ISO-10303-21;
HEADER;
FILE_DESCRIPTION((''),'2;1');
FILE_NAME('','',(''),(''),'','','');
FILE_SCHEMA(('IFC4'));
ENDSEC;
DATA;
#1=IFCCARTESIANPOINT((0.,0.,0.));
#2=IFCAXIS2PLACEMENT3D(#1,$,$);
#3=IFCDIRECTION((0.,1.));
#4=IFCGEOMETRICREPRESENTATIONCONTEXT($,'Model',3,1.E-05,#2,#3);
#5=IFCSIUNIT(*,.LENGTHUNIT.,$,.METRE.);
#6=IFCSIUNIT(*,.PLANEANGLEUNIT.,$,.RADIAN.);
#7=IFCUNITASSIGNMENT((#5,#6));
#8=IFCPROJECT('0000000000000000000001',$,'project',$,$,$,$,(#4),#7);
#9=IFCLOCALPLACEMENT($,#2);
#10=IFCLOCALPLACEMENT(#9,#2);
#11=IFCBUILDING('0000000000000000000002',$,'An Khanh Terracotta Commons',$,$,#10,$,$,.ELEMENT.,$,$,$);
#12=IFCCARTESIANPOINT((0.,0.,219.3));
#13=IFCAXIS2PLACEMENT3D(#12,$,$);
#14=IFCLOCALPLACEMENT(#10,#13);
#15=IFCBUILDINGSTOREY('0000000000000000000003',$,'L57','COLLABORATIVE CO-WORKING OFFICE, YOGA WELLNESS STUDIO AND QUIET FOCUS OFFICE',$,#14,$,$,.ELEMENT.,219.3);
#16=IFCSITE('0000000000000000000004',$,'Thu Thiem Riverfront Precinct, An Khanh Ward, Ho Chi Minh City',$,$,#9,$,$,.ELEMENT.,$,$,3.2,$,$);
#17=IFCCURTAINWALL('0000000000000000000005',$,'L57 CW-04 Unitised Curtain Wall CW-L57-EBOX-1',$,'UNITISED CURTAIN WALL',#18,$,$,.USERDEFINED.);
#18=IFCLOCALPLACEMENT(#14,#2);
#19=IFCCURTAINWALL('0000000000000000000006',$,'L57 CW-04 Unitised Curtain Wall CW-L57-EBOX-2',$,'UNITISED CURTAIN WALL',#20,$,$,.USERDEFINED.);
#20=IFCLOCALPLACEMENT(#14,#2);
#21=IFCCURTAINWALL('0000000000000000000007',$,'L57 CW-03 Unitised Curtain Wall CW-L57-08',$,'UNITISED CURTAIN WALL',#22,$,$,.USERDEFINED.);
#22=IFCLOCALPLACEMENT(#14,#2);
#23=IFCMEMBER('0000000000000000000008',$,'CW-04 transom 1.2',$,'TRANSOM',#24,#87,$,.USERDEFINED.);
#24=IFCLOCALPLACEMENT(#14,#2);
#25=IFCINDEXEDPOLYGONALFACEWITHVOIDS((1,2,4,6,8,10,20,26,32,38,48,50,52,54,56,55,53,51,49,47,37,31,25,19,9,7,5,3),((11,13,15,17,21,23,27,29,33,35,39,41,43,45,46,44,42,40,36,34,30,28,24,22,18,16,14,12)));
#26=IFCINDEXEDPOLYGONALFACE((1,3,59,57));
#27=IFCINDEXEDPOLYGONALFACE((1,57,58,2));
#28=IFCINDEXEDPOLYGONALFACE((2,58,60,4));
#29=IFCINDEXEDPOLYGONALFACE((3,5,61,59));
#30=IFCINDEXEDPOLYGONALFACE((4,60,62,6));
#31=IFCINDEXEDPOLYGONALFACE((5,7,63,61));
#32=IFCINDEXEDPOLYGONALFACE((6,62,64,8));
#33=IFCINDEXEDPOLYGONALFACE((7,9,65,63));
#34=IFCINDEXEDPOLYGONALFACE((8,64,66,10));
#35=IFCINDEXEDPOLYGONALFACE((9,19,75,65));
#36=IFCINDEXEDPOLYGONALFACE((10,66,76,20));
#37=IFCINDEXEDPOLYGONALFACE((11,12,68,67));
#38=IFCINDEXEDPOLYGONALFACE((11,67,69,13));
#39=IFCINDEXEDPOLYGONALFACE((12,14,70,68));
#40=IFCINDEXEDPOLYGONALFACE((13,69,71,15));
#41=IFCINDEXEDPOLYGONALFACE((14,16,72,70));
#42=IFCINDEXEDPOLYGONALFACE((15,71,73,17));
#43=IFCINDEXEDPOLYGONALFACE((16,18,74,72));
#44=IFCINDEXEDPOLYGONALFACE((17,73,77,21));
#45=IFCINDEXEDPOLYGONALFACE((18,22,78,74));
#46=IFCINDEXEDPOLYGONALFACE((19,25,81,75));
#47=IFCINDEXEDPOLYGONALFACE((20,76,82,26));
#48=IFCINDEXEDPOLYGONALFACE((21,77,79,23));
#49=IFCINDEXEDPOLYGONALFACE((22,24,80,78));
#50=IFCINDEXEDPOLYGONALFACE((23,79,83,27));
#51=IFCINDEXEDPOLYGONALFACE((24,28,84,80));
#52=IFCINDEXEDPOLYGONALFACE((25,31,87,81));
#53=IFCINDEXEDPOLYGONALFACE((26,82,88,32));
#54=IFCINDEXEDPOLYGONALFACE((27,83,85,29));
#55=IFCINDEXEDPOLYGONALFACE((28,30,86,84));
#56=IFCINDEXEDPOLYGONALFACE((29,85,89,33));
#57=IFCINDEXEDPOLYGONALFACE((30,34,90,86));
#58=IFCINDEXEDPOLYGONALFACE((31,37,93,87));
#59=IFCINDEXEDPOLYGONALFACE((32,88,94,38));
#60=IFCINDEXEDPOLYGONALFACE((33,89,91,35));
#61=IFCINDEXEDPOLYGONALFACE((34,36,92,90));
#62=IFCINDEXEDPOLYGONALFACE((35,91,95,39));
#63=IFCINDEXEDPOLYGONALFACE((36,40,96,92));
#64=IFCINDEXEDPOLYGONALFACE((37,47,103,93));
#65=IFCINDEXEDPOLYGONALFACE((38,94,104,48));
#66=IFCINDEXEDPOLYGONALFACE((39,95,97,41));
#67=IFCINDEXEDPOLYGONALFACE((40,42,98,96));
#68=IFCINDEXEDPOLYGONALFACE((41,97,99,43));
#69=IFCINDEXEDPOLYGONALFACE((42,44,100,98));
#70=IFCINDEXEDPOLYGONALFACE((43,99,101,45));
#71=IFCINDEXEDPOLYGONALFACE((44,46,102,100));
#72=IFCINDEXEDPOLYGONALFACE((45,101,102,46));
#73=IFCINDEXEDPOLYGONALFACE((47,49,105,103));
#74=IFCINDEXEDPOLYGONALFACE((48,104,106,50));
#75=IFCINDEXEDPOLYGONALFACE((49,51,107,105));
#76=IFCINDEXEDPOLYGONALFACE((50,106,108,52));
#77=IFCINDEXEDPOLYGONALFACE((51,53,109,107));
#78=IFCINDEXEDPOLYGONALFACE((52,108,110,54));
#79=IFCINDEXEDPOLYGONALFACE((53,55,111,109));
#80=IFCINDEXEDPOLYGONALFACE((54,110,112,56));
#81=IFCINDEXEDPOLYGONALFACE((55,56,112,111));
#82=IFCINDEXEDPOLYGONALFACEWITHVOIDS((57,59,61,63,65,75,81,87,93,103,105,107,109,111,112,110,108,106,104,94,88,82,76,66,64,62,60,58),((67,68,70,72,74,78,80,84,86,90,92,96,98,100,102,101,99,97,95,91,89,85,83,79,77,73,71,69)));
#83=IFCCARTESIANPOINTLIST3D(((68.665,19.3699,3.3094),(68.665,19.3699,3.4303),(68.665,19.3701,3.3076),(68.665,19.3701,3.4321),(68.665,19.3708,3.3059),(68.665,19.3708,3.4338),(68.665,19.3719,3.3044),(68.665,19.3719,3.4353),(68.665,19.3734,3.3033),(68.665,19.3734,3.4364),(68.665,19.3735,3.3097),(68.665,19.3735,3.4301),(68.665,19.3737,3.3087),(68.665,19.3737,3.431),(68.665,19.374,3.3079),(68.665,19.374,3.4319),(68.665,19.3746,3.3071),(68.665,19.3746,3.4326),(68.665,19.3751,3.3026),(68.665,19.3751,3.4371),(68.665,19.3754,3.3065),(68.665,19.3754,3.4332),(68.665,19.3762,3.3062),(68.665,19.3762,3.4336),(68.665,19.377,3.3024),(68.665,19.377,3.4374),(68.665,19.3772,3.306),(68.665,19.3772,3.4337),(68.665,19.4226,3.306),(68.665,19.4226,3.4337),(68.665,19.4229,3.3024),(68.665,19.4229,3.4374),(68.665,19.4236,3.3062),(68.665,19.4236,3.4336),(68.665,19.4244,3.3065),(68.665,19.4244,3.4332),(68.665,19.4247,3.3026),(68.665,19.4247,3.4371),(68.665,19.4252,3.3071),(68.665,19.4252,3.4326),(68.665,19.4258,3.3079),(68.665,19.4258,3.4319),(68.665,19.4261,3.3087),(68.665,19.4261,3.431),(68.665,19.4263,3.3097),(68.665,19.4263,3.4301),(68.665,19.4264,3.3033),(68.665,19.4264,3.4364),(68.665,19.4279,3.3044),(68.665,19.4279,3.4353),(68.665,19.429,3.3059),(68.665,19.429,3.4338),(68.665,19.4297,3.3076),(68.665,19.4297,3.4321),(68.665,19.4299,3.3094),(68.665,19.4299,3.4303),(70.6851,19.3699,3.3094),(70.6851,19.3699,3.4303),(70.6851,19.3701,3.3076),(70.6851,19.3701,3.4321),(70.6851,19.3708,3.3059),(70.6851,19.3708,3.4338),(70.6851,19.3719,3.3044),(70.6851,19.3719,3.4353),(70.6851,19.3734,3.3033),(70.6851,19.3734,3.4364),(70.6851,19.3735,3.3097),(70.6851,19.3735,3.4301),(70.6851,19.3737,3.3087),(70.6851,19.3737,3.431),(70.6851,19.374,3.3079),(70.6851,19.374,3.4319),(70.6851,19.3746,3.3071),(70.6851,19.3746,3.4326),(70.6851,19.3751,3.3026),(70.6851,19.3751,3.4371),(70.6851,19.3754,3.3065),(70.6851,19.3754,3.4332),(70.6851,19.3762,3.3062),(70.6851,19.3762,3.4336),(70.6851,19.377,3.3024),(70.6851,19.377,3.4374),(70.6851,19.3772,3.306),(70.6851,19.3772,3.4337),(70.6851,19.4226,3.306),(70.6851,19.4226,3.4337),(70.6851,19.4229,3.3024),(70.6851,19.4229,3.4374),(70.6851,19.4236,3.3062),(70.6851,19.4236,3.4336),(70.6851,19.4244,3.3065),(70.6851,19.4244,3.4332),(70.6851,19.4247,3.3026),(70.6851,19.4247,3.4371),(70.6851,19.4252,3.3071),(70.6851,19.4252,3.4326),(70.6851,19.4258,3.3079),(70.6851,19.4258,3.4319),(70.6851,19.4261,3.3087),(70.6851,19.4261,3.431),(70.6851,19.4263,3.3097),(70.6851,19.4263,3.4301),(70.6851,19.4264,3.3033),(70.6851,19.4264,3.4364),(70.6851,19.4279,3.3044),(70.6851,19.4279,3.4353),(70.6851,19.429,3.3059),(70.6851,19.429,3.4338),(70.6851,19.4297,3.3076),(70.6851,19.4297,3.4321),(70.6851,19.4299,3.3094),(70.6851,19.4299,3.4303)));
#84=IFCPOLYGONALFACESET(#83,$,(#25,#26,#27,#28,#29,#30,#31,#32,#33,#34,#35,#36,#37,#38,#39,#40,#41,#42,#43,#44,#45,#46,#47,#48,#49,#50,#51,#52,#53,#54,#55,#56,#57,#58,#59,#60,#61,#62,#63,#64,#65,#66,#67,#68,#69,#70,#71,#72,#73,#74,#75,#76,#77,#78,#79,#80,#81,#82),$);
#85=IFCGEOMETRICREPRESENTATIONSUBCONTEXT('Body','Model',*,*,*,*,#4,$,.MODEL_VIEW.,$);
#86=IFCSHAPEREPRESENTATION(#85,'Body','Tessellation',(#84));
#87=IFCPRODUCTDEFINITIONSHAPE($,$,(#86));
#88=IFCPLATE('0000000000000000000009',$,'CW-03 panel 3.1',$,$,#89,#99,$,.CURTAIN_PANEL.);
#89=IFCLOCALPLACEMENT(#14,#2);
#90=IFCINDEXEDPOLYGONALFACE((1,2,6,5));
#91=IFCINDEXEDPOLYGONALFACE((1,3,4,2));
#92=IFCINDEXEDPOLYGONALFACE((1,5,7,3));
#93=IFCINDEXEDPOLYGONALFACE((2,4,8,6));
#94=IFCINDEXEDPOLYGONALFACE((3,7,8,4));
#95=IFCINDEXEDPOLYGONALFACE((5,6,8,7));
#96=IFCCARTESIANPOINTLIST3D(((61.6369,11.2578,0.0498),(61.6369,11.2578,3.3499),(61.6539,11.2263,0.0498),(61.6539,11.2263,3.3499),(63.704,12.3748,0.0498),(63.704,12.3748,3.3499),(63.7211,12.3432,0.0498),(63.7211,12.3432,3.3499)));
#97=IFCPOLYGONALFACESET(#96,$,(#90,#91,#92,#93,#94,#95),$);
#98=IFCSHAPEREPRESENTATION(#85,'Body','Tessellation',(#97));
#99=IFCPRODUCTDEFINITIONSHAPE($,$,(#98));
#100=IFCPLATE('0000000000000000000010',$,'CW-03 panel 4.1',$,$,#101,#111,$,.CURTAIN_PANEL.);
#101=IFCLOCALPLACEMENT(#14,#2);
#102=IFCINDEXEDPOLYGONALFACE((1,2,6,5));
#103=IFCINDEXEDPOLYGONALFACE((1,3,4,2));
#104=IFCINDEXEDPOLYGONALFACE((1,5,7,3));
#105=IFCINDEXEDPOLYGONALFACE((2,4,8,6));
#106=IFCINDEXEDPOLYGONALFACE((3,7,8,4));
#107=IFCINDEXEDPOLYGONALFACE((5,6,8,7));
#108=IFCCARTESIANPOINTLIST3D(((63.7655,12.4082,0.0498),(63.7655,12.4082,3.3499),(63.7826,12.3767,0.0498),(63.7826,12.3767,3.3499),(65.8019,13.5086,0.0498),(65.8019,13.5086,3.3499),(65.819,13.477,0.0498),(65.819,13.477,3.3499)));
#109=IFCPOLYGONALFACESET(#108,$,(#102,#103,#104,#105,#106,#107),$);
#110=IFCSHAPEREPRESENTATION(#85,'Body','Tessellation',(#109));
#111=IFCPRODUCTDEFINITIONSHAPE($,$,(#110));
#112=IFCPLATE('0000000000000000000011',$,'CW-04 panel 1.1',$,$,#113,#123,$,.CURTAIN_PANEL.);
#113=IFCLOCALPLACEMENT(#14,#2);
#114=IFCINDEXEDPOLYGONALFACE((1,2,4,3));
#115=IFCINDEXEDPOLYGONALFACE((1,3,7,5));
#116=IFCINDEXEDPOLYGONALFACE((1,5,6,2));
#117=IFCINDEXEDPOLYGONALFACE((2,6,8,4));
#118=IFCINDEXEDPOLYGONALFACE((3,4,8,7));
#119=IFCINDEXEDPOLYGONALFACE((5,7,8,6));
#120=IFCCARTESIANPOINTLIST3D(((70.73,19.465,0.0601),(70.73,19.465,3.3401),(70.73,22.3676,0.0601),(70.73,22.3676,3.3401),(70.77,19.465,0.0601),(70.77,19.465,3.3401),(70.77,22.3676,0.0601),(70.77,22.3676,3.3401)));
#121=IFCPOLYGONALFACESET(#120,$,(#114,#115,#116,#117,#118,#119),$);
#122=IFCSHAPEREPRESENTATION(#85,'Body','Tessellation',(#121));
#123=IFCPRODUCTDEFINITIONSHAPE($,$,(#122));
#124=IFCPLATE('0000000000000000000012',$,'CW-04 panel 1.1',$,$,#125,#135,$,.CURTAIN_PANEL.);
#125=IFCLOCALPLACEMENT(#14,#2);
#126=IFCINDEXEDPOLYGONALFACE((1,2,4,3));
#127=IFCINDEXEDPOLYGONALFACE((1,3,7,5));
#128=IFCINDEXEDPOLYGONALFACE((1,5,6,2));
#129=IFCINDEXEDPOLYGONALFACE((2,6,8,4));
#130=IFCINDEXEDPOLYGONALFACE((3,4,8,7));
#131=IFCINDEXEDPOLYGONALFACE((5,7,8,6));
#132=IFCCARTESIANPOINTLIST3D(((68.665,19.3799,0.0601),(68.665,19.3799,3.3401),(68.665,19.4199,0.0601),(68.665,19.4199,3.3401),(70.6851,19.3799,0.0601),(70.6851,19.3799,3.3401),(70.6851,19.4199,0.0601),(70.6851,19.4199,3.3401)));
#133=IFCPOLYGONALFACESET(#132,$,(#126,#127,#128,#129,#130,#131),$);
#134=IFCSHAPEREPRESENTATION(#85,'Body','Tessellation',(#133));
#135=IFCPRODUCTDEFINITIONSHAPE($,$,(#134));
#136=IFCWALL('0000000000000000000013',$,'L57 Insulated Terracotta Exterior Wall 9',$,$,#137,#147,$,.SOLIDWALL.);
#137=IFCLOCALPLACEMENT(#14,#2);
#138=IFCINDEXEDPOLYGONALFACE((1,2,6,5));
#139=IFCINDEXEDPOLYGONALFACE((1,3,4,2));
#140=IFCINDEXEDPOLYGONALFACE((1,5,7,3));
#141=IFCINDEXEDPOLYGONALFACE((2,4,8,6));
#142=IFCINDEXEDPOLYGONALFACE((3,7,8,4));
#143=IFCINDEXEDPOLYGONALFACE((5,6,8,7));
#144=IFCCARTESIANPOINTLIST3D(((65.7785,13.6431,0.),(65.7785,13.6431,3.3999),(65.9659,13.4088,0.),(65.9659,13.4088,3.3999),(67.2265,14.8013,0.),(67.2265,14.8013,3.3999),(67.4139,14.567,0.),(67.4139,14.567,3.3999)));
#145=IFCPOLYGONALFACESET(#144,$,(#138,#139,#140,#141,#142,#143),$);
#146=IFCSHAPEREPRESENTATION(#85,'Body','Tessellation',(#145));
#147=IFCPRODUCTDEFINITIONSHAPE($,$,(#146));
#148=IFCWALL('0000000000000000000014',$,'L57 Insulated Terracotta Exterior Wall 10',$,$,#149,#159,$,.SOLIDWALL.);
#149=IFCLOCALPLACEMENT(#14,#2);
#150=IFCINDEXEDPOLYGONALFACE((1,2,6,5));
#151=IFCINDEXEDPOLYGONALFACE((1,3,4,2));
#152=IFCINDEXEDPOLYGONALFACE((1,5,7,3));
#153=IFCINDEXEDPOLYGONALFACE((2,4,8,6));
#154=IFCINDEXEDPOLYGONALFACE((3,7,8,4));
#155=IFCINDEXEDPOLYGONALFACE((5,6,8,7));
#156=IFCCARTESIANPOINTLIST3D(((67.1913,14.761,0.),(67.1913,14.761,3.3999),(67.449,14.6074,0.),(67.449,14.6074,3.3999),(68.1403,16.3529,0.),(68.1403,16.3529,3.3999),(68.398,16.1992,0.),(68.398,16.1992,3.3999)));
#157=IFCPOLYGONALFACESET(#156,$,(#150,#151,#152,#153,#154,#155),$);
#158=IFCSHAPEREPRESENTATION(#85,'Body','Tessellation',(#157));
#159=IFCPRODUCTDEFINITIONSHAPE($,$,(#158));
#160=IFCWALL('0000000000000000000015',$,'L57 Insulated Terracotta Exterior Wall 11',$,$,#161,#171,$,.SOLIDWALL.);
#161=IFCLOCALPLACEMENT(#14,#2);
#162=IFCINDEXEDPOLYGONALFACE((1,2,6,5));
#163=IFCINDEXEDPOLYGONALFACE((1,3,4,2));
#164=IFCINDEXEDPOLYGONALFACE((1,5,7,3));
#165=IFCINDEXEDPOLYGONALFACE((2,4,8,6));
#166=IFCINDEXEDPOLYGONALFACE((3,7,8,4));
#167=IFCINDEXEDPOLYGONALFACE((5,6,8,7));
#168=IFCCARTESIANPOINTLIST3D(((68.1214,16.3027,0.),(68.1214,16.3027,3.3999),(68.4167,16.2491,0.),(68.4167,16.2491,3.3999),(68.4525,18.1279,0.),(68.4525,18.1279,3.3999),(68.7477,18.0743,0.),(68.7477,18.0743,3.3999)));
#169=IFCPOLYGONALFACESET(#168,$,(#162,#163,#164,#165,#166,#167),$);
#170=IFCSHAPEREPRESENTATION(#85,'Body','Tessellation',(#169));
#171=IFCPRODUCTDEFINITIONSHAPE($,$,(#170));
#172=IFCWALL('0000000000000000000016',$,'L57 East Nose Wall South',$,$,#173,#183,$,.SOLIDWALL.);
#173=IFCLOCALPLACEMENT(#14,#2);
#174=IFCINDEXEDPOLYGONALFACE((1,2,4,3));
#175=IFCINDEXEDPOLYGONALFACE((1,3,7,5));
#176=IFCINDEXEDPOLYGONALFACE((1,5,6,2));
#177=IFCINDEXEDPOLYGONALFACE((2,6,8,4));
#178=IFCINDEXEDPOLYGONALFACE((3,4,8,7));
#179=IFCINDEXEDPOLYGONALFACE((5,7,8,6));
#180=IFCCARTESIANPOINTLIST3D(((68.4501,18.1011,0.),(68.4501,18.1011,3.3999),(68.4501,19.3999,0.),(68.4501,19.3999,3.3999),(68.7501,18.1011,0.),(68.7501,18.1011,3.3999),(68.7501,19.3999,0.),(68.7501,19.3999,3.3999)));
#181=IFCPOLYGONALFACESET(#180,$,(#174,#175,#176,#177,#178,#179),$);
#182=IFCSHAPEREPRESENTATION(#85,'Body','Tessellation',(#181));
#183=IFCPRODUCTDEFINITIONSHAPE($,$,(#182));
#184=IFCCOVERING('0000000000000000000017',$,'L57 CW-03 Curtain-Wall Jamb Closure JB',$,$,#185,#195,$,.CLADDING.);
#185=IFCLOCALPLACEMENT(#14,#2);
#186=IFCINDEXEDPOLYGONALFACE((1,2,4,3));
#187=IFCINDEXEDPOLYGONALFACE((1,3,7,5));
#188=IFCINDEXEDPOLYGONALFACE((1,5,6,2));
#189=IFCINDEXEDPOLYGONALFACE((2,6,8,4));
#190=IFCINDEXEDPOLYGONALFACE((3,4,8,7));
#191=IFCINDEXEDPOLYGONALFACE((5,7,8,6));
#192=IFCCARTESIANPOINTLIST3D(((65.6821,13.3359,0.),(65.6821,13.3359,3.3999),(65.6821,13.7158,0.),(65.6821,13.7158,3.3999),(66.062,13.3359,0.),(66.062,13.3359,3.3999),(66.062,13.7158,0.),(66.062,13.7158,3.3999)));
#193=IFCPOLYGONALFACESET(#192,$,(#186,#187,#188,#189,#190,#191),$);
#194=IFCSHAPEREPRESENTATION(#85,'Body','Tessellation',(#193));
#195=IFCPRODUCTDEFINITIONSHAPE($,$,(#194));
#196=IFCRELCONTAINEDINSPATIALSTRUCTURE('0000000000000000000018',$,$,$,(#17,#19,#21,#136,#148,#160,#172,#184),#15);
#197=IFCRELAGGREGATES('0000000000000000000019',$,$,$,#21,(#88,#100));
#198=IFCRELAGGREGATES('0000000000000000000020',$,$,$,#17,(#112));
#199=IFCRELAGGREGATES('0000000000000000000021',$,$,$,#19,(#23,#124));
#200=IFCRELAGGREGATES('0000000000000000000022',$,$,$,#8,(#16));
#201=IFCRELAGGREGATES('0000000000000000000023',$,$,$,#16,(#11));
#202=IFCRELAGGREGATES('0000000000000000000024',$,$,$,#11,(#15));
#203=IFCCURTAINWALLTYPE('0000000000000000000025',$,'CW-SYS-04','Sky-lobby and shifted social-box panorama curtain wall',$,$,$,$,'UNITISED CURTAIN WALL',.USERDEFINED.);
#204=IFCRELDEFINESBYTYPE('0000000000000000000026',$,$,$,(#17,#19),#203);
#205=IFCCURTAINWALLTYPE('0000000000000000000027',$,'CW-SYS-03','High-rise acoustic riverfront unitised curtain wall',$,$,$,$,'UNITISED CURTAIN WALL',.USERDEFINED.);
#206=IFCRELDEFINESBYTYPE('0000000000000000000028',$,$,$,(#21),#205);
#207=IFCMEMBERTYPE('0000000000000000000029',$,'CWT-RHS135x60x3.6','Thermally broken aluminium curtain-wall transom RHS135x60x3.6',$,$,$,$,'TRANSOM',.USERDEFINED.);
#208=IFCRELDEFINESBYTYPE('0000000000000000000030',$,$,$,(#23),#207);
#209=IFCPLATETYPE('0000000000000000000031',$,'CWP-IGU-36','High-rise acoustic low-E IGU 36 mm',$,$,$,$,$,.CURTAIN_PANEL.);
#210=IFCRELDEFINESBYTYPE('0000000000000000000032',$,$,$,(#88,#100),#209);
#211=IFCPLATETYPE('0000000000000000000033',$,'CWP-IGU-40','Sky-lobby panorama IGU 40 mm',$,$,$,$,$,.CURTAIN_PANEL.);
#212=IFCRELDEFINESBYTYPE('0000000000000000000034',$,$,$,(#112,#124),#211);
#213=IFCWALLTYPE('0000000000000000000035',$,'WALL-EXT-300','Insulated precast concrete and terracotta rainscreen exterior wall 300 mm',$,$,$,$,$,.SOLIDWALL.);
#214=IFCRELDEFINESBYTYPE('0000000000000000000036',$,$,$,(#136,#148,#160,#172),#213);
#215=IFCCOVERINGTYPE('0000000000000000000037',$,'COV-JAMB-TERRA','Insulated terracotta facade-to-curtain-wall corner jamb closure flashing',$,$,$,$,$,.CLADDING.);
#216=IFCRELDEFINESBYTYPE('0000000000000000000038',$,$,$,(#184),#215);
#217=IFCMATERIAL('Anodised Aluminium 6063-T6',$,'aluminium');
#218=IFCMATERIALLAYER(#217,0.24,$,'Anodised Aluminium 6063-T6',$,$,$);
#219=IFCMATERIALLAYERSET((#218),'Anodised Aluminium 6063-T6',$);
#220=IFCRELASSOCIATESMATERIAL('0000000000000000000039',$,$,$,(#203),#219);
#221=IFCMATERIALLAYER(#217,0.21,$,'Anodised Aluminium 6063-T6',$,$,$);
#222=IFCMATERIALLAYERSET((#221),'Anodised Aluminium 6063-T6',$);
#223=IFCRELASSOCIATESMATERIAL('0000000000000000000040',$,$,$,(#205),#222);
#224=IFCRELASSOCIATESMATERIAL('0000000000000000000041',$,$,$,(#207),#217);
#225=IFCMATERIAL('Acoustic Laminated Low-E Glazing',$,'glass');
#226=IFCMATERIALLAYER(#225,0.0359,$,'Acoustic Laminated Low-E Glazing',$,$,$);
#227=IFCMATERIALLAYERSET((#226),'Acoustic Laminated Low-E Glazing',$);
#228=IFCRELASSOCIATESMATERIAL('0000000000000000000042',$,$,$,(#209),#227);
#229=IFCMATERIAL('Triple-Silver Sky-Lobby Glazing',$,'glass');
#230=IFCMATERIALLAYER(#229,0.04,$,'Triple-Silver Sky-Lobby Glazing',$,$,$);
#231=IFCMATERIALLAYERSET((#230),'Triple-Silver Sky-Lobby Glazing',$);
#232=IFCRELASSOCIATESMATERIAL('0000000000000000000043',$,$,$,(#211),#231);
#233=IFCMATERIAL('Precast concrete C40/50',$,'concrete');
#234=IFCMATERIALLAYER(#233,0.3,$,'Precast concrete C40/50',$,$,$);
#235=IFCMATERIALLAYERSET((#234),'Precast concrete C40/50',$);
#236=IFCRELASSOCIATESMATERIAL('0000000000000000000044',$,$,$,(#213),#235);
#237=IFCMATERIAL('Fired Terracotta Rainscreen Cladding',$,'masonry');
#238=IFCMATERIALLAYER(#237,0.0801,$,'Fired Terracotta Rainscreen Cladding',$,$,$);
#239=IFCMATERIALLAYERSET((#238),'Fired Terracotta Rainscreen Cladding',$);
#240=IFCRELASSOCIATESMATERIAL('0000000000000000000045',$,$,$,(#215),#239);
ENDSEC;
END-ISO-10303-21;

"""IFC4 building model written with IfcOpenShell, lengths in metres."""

from ifc_helpers import new_model, si_unit, direction, frame, frame_2d, origin, origin_2d, place, context, subcontext, project, spatial, rectangle, hollow_rectangle, extrude, material, layer, layer_set, material_profile, profile_set, type_object, element, aggregate, save


model = new_model("IFC4")

# Units and contexts
model_context = context("Model", 3, precision=1e-05, world=origin(), true_north=direction((0.0, 1.0)))
body_context = subcontext(model_context, "Body", "Model", "MODEL_VIEW")
ifc_project = project(units=[si_unit("LENGTHUNIT", "METRE"), si_unit("PLANEANGLEUNIT", "RADIAN")], contexts=[model_context])

# Site, building, storey
site_placement = place(None, origin())
site = spatial("IfcSite", under=ifc_project, at=site_placement, Name="Thu Thiem Riverfront Precinct, An Khanh Ward, Ho Chi Minh City", CompositionType="ELEMENT", RefElevation=3.2)
building_placement = place(site_placement, origin())
building = spatial("IfcBuilding", under=site, at=building_placement, Name="An Khanh Terracotta Commons", CompositionType="ELEMENT")
storey_placement = place(building_placement, frame((0.0, 0.0, 219.3)))
storey = spatial("IfcBuildingStorey", under=building, at=storey_placement, Name="L57", Description="COLLABORATIVE CO-WORKING OFFICE, YOGA WELLNESS STUDIO AND QUIET FOCUS OFFICE", CompositionType="ELEMENT", Elevation=219.3)

# Curtain walls
ifc_material_1 = material(Name="Anodised Aluminium 6063-T6", Category="aluminium")
ifc_layer_1 = layer(ifc_material_1, 0.24, Name="Anodised Aluminium 6063-T6")
ifc_layer_set_1 = layer_set([ifc_layer_1], Name="Anodised Aluminium 6063-T6")
curtain_wall_type_1 = type_object("IfcCurtainWallType", Name="CW-SYS-04", Description="Sky-lobby and shifted social-box panorama curtain wall", ElementType="UNITISED CURTAIN WALL", PredefinedType="USERDEFINED", material=ifc_layer_set_1)
curtain_wall_1_placement = place(storey_placement, origin())
curtain_wall_1 = element("IfcCurtainWall", 1, at=curtain_wall_1_placement, inside=storey, type_object=curtain_wall_type_1, Name="L57 CW-04 Unitised Curtain Wall CW-L57-EBOX-1", ObjectType="UNITISED CURTAIN WALL", PredefinedType="USERDEFINED")
curtain_wall_2_placement = place(storey_placement, origin())
curtain_wall_2 = element("IfcCurtainWall", 2, at=curtain_wall_2_placement, inside=storey, type_object=curtain_wall_type_1, Name="L57 CW-04 Unitised Curtain Wall CW-L57-EBOX-2", ObjectType="UNITISED CURTAIN WALL", PredefinedType="USERDEFINED")
ifc_layer_2 = layer(ifc_material_1, 0.21, Name="Anodised Aluminium 6063-T6")
ifc_layer_set_2 = layer_set([ifc_layer_2], Name="Anodised Aluminium 6063-T6")
curtain_wall_type_2 = type_object("IfcCurtainWallType", Name="CW-SYS-03", Description="High-rise acoustic riverfront unitised curtain wall", ElementType="UNITISED CURTAIN WALL", PredefinedType="USERDEFINED", material=ifc_layer_set_2)
curtain_wall_3_placement = place(storey_placement, origin())
curtain_wall_3 = element("IfcCurtainWall", 3, at=curtain_wall_3_placement, inside=storey, type_object=curtain_wall_type_2, Name="L57 CW-03 Unitised Curtain Wall CW-L57-08", ObjectType="UNITISED CURTAIN WALL", PredefinedType="USERDEFINED")

# Member
ifc_material_profile_1 = material_profile(ifc_material_1, hollow_rectangle(XDim=0.0601, YDim=0.135, WallThickness=0.0037, InnerFilletRadius=0.0037, OuterFilletRadius=0.0071, at=origin_2d()), Name="RHS135x60x3.6")
ifc_profile_set_1 = profile_set([ifc_material_profile_1], Name="Anodised Aluminium 6063-T6")
member_type_1 = type_object("IfcMemberType", Name="CWT-RHS135x60x3.6", Description="Thermally broken aluminium curtain-wall transom RHS135x60x3.6", ElementType="TRANSOM", PredefinedType="USERDEFINED", material=ifc_profile_set_1)
member_1_placement = place(storey_placement, frame((68.665, 19.3999, 3.3699), z_axis=(1.0, 0.0, 0.0), x_axis=(0.0, 1.0, 0.0)))
member_1 = element("IfcMember", 4, at=member_1_placement, type_object=member_type_1, Name="CW-04 transom 1.2", ObjectType="TRANSOM", PredefinedType="USERDEFINED", context=body_context, shape_type="SweptSolid", body=[
    extrude(hollow_rectangle(XDim=0.0601, YDim=0.135, WallThickness=0.0037, InnerFilletRadius=0.0037, OuterFilletRadius=0.0071, at=origin_2d()), origin(), (0.0, 0.0, 1.0), 2.02),
])

# Plates
ifc_material_2 = material(Name="Acoustic Laminated Low-E Glazing", Category="glass")
ifc_layer_3 = layer(ifc_material_2, 0.0359, Name="Acoustic Laminated Low-E Glazing")
ifc_layer_set_3 = layer_set([ifc_layer_3], Name="Acoustic Laminated Low-E Glazing")
plate_type_1 = type_object("IfcPlateType", Name="CWP-IGU-36", Description="High-rise acoustic low-E IGU 36 mm", PredefinedType="CURTAIN_PANEL", material=ifc_layer_set_3)
plate_1_placement = place(storey_placement, frame((62.679, 11.8005, 0.0498), z_axis=(0.0, 0.0, 1.0), x_axis=(0.87978, 0.475381, 0.0)))
plate_1 = element("IfcPlate", 5, at=plate_1_placement, type_object=plate_type_1, Name="CW-03 panel 3.1", PredefinedType="CURTAIN_PANEL", context=body_context, shape_type="SweptSolid", body=[
    extrude(rectangle(XDim=2.3496, YDim=0.0359, at=origin_2d()), origin(), (0.0, 0.0, 1.0), 3.3),
])
plate_2_placement = place(storey_placement, frame((64.7922, 12.9426, 0.0498), z_axis=(0.0, 0.0, 1.0), x_axis=(0.87978, 0.475381, 0.0)))
plate_2 = element("IfcPlate", 6, at=plate_2_placement, type_object=plate_type_1, Name="CW-03 panel 4.1", PredefinedType="CURTAIN_PANEL", context=body_context, shape_type="SweptSolid", body=[
    extrude(rectangle(XDim=2.3147, YDim=0.0359, at=origin_2d()), origin(), (0.0, 0.0, 1.0), 3.3),
])
aggregate(curtain_wall_3, [plate_1, plate_2])
ifc_material_3 = material(Name="Triple-Silver Sky-Lobby Glazing", Category="glass")
ifc_layer_4 = layer(ifc_material_3, 0.04, Name="Triple-Silver Sky-Lobby Glazing")
ifc_layer_set_4 = layer_set([ifc_layer_4], Name="Triple-Silver Sky-Lobby Glazing")
plate_type_2 = type_object("IfcPlateType", Name="CWP-IGU-40", Description="Sky-lobby panorama IGU 40 mm", PredefinedType="CURTAIN_PANEL", material=ifc_layer_set_4)
plate_3_placement = place(storey_placement, frame((70.75, 20.9163, 0.0601), z_axis=(0.0, 0.0, 1.0), x_axis=(0.0, 1.0, 0.0)))
plate_3 = element("IfcPlate", 7, at=plate_3_placement, type_object=plate_type_2, Name="CW-04 panel 1.1", PredefinedType="CURTAIN_PANEL", context=body_context, shape_type="SweptSolid", body=[
    extrude(rectangle(XDim=2.9026, YDim=0.04, at=origin_2d()), origin(), (0.0, 0.0, 1.0), 3.28),
])
aggregate(curtain_wall_1, [plate_3])
plate_4_placement = place(storey_placement, frame((69.675, 19.3999, 0.0601), z_axis=(0.0, 0.0, 1.0), x_axis=(1.0, 0.0, 0.0)))
plate_4 = element("IfcPlate", 8, at=plate_4_placement, type_object=plate_type_2, Name="CW-04 panel 1.1", PredefinedType="CURTAIN_PANEL", context=body_context, shape_type="SweptSolid", body=[
    extrude(rectangle(XDim=2.02, YDim=0.04, at=origin_2d()), origin(), (0.0, 0.0, 1.0), 3.28),
])
aggregate(curtain_wall_2, [member_1, plate_4])

# Walls
ifc_material_4 = material(Name="Precast concrete C40/50", Category="concrete")
ifc_layer_5 = layer(ifc_material_4, 0.3, Name="Precast concrete C40/50")
ifc_layer_set_5 = layer_set([ifc_layer_5], Name="Precast concrete C40/50")
wall_type = type_object("IfcWallType", Name="WALL-EXT-300", Description="Insulated precast concrete and terracotta rainscreen exterior wall 300 mm", PredefinedType="SOLIDWALL", material=ifc_layer_set_5)
wall_1_placement = place(storey_placement, frame((65.8721, 13.5259, 0.0), z_axis=(0.0, 0.0, 1.0), x_axis=(0.78092, 0.624631, 0.0)))
element("IfcWall", 9, at=wall_1_placement, inside=storey, type_object=wall_type, Name="L57 Insulated Terracotta Exterior Wall 9", PredefinedType="SOLIDWALL", context=body_context, shape_type="SweptSolid", body=[
    extrude(rectangle(XDim=1.8542, YDim=0.3, at=frame_2d((0.9272, 0.0))), origin(), (0.0, 0.0, 1.0), 3.3999),
])
wall_2_placement = place(storey_placement, frame((67.3201, 14.6841, 0.0), z_axis=(0.0, 0.0, 1.0), x_axis=(0.512072, 0.858943, 0.0)))
element("IfcWall", 10, at=wall_2_placement, inside=storey, type_object=wall_type, Name="L57 Insulated Terracotta Exterior Wall 10", PredefinedType="SOLIDWALL", context=body_context, shape_type="SweptSolid", body=[
    extrude(rectangle(XDim=1.8533, YDim=0.3, at=frame_2d((0.9268, 0.0))), origin(), (0.0, 0.0, 1.0), 3.3999),
])
wall_3_placement = place(storey_placement, frame((68.269, 16.2759, 0.0), z_axis=(0.0, 0.0, 1.0), x_axis=(0.178468, 0.983946, 0.0)))
element("IfcWall", 11, at=wall_3_placement, inside=storey, type_object=wall_type, Name="L57 Insulated Terracotta Exterior Wall 11", PredefinedType="SOLIDWALL", context=body_context, shape_type="SweptSolid", body=[
    extrude(rectangle(XDim=1.855, YDim=0.3, at=frame_2d((0.9275, 0.0))), origin(), (0.0, 0.0, 1.0), 3.3999),
])
wall_4_placement = place(storey_placement, frame((68.6001, 18.1011, 0.0), z_axis=(0.0, 0.0, 1.0), x_axis=(0.0, 1.0, 0.0)))
element("IfcWall", 12, at=wall_4_placement, inside=storey, type_object=wall_type, Name="L57 East Nose Wall South", PredefinedType="SOLIDWALL", context=body_context, shape_type="SweptSolid", body=[
    extrude(rectangle(XDim=1.2988, YDim=0.3, at=frame_2d((0.6494, 0.0))), origin(), (0.0, 0.0, 1.0), 3.3999),
])

# Covering
ifc_material_5 = material(Name="Fired Terracotta Rainscreen Cladding", Category="masonry")
ifc_layer_6 = layer(ifc_material_5, 0.0801, Name="Fired Terracotta Rainscreen Cladding")
ifc_layer_set_6 = layer_set([ifc_layer_6], Name="Fired Terracotta Rainscreen Cladding")
covering_type = type_object("IfcCoveringType", Name="COV-JAMB-TERRA", Description="Insulated terracotta facade-to-curtain-wall corner jamb closure flashing", PredefinedType="CLADDING", material=ifc_layer_set_6)
for number, where, z_axis, x_axis, name in (
    (13, (65.8721, 13.5259, 0.0), (0.0, 0.0, 1.0), (1.0, 0.0, 0.0), "L57 CW-03 Curtain-Wall Jamb Closure JB"),
):
    element("IfcCovering", number, at=place(storey_placement, frame(where, z_axis=z_axis, x_axis=x_axis)), inside=storey, type_object=covering_type, Name=name, PredefinedType="CLADDING", context=body_context, shape_type="SweptSolid", body=[
        extrude(rectangle(XDim=0.3799, YDim=0.3799, at=origin_2d()), origin(), (0.0, 0.0, 1.0), 3.3999),
    ])

save(model, "model.ifc")
